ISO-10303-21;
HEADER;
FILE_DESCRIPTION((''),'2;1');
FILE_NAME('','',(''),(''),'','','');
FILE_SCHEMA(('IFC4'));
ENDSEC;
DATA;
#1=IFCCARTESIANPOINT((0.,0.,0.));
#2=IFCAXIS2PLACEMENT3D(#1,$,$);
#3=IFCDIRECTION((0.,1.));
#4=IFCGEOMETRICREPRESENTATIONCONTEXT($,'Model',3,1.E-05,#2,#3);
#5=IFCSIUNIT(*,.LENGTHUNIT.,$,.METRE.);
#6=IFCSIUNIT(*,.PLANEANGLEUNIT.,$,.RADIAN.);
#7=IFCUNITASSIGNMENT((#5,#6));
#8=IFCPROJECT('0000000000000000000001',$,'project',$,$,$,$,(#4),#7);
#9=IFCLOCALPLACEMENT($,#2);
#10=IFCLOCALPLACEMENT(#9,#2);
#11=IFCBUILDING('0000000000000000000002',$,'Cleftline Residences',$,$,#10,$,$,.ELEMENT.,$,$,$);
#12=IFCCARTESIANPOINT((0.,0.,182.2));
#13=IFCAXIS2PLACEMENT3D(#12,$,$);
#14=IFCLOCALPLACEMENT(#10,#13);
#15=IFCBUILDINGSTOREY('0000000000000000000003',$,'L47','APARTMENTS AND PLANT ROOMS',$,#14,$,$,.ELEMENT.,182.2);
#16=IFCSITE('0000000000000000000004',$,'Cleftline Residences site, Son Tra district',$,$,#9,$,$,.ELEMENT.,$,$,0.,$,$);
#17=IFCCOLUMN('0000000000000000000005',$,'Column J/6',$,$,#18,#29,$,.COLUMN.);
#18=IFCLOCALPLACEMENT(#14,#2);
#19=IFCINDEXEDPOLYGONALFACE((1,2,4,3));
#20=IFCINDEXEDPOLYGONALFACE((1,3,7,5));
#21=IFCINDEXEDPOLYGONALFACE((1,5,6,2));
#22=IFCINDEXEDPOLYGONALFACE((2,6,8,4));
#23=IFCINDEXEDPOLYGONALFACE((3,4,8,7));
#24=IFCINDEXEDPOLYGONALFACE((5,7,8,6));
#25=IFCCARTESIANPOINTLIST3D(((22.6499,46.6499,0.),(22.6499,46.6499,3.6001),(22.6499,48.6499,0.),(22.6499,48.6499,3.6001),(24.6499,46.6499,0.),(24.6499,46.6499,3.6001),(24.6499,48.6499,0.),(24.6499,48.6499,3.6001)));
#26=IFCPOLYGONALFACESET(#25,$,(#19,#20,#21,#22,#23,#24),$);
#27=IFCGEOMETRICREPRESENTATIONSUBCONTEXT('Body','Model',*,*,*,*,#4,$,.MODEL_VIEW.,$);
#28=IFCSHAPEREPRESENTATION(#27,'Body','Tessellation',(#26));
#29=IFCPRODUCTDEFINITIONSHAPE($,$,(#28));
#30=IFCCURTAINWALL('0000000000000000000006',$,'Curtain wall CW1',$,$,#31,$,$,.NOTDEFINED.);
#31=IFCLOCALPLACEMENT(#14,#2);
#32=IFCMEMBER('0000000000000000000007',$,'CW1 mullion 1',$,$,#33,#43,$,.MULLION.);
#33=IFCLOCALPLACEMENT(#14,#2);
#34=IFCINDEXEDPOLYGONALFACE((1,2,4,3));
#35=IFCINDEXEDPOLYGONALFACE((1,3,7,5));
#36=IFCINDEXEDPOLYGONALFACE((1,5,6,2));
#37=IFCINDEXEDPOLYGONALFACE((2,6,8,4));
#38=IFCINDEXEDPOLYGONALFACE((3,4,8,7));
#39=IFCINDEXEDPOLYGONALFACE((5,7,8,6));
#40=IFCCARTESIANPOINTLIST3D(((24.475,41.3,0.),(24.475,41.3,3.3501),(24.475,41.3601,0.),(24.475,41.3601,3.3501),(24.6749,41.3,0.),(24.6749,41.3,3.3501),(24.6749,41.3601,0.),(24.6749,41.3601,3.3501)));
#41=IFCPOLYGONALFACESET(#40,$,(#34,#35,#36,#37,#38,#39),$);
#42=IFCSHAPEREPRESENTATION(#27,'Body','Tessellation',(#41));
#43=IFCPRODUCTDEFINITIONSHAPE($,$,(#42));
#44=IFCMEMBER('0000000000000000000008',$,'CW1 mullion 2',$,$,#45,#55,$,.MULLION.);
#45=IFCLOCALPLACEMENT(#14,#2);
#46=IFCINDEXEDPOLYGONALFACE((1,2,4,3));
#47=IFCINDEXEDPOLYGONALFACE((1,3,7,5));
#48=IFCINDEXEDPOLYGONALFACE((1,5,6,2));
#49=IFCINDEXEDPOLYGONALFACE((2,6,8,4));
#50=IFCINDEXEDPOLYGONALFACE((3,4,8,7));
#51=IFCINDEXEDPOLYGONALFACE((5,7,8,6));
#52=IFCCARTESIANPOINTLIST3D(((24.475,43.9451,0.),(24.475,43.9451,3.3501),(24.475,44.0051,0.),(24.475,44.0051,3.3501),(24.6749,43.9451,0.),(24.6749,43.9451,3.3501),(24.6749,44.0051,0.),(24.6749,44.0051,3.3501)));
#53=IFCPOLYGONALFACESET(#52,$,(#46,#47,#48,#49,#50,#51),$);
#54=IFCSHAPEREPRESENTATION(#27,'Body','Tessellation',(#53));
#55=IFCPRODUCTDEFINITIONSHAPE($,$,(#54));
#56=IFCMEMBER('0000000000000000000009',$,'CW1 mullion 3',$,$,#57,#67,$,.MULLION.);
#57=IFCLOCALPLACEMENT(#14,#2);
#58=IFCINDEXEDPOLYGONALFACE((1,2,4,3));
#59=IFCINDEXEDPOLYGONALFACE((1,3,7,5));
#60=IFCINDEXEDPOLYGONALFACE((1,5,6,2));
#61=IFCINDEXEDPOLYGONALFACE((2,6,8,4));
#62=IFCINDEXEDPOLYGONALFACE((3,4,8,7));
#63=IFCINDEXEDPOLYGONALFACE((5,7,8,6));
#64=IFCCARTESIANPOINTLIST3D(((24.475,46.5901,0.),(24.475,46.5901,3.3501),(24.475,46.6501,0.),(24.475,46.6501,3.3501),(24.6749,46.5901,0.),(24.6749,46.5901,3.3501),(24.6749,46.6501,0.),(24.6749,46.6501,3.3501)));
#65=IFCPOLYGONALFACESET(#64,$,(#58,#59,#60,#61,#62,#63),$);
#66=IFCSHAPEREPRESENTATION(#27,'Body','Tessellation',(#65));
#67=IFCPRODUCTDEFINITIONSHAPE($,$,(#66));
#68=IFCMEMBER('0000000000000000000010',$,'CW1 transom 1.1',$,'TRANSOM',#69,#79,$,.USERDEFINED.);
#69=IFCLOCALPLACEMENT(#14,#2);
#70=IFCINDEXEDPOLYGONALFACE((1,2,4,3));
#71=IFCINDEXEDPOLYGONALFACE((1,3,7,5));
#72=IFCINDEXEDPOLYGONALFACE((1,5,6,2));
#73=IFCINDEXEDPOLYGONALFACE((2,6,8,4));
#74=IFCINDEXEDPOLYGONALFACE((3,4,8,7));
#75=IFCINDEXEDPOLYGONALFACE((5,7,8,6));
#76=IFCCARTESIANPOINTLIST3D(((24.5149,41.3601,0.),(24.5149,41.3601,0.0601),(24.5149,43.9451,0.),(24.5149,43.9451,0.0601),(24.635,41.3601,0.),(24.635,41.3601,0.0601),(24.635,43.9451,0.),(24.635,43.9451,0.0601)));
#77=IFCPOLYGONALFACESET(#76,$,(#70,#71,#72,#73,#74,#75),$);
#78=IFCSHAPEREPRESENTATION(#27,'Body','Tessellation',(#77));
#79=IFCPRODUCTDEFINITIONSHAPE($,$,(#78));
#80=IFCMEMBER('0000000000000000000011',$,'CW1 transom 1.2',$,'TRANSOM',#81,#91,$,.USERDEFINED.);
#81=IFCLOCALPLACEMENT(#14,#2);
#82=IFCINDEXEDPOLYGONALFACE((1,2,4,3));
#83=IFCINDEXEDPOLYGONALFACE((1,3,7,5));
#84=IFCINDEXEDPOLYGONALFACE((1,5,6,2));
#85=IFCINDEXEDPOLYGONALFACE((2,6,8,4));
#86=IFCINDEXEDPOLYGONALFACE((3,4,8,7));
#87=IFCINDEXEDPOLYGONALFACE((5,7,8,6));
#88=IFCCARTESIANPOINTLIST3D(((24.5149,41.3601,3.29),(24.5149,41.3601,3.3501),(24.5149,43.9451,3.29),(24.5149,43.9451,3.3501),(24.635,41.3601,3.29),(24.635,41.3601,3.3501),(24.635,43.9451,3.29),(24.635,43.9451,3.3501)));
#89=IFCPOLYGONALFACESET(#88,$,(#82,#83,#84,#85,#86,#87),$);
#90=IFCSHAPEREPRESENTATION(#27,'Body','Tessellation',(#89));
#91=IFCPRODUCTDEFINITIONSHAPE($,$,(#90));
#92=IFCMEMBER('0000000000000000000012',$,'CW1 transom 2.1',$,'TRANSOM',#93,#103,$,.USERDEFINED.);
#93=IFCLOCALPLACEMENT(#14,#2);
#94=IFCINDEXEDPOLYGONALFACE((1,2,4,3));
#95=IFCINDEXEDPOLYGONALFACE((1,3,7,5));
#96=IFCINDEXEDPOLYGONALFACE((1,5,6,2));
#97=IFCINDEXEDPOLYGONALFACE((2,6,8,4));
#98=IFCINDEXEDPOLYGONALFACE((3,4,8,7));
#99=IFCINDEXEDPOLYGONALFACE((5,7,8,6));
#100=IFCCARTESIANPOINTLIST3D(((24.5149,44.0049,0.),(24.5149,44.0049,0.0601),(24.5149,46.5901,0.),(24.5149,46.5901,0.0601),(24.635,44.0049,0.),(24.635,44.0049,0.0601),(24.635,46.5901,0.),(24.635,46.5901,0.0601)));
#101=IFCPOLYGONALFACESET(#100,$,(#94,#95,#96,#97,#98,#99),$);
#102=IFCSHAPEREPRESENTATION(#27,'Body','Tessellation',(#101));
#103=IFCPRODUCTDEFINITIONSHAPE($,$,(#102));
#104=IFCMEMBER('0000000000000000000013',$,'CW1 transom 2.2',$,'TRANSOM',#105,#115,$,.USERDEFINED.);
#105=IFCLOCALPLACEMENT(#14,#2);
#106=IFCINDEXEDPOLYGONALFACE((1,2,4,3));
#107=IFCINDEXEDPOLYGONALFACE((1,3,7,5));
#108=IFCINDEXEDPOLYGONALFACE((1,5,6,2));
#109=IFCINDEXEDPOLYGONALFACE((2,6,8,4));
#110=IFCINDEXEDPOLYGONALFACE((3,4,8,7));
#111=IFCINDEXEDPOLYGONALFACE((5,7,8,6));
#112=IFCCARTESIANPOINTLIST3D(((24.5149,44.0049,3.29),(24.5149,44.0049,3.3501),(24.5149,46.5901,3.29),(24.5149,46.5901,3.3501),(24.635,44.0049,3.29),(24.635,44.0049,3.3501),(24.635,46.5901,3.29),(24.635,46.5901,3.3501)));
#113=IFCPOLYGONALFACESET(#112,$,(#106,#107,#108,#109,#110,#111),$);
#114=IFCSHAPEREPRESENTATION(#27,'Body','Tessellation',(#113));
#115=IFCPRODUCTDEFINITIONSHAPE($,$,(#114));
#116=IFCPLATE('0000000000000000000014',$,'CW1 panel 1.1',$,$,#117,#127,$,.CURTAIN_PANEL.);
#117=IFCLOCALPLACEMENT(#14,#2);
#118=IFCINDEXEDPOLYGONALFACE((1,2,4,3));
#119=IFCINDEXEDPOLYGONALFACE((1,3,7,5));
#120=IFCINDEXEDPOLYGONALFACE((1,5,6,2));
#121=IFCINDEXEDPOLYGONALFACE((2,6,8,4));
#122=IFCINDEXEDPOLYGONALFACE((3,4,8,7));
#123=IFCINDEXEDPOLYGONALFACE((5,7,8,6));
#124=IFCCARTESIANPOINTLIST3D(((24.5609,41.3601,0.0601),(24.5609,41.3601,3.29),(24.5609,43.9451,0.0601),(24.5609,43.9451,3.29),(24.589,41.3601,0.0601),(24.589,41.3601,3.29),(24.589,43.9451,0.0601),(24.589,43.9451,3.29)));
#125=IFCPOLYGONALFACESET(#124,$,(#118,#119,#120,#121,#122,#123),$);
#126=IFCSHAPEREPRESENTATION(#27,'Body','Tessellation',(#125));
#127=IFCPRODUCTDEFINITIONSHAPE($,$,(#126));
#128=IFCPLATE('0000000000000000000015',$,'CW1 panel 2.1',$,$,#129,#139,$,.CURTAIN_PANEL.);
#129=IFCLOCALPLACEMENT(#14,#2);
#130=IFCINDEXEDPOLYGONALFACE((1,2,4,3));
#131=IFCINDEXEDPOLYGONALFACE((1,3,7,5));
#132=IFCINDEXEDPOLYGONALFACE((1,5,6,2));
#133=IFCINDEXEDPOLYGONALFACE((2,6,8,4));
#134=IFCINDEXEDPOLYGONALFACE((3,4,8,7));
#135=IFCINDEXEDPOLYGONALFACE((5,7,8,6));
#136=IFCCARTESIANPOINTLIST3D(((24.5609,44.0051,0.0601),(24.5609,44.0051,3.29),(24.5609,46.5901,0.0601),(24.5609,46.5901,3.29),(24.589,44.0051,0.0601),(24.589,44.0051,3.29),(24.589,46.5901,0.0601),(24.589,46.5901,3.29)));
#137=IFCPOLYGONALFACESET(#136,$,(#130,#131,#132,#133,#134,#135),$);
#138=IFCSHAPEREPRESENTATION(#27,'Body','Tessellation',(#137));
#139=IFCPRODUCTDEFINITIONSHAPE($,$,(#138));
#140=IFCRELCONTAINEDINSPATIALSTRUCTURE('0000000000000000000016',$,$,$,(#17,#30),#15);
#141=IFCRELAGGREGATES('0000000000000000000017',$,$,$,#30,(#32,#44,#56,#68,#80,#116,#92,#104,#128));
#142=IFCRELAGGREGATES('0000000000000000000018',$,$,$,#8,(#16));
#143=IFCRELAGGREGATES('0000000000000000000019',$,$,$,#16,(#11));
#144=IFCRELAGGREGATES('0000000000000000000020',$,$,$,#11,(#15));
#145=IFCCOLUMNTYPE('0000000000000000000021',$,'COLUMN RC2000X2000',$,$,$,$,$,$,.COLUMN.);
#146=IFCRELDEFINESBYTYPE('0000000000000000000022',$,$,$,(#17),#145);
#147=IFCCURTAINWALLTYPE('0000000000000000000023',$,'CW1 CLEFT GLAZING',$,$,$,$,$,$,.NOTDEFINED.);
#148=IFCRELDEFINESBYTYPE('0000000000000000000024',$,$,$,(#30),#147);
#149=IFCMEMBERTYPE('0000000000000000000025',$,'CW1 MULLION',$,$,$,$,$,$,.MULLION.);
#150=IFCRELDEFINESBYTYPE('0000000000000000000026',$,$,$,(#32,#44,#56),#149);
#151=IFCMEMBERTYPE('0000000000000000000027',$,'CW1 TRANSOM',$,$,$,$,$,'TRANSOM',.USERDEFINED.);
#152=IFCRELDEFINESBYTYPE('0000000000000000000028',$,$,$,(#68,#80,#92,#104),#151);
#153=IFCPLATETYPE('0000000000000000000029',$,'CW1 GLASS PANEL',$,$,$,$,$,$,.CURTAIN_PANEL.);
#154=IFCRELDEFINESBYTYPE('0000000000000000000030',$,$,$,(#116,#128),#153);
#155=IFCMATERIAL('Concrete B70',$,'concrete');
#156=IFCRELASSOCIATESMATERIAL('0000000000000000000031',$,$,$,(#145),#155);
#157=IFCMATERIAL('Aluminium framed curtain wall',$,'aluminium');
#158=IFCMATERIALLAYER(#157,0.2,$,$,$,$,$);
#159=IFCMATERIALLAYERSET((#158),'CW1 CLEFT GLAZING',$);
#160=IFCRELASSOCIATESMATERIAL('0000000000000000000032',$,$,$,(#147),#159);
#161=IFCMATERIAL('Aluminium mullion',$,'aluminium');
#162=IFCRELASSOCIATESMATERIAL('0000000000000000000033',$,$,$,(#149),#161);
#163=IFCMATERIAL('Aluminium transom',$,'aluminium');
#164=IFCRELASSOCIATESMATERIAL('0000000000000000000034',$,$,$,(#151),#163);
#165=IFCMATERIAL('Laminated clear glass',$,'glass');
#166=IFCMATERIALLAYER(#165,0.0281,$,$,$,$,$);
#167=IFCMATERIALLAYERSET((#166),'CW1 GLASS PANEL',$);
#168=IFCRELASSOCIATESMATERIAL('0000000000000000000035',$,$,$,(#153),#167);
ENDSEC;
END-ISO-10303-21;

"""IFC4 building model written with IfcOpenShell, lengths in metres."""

from ifc_helpers import new_model, si_unit, direction, frame, origin, origin_2d, place, context, subcontext, project, spatial, rectangle, extrude, material, layer, layer_set, material_profile, profile_set, type_object, element, aggregate, save


model = new_model("IFC4")

# Units and contexts
model_context = context("Model", 3, precision=1e-05, world=origin(), true_north=direction((0.0, 1.0)))
body_context = subcontext(model_context, "Body", "Model", "MODEL_VIEW")
ifc_project = project(units=[si_unit("LENGTHUNIT", "METRE"), si_unit("PLANEANGLEUNIT", "RADIAN")], contexts=[model_context])

# Site, building, storey
site_placement = place(None, origin())
site = spatial("IfcSite", under=ifc_project, at=site_placement, Name="Cleftline Residences site, Son Tra district", CompositionType="ELEMENT", RefElevation=0.0)
building_placement = place(site_placement, origin())
building = spatial("IfcBuilding", under=site, at=building_placement, Name="Cleftline Residences", CompositionType="ELEMENT")
storey_placement = place(building_placement, frame((0.0, 0.0, 182.2)))
storey = spatial("IfcBuildingStorey", under=building, at=storey_placement, Name="L47", Description="APARTMENTS AND PLANT ROOMS", CompositionType="ELEMENT", Elevation=182.2)

# Column
ifc_material_1 = material(Name="Concrete B70", Category="concrete")
ifc_material_profile_1 = material_profile(ifc_material_1, rectangle(XDim=2.0, YDim=2.0, at=origin_2d()))
ifc_profile_set_1 = profile_set([ifc_material_profile_1], Name="Concrete B70")
column_type = type_object("IfcColumnType", Name="COLUMN RC2000X2000", PredefinedType="COLUMN", material=ifc_profile_set_1)
column_placement = place(storey_placement, frame((23.6499, 47.6499, 0.0), z_axis=(0.0, 0.0, 1.0), x_axis=(1.0, 0.0, 0.0)))
element("IfcColumn", 1, at=column_placement, inside=storey, type_object=column_type, Name="Column J/6", PredefinedType="COLUMN", context=body_context, shape_type="SweptSolid", body=[
    extrude(rectangle(XDim=2.0, YDim=2.0, at=origin_2d()), origin(), (0.0, 0.0, 1.0), 3.6001),
])

# Curtain wall, members, plates
ifc_material_2 = material(Name="Aluminium framed curtain wall", Category="aluminium")
ifc_layer_1 = layer(ifc_material_2, 0.2)
ifc_layer_set_1 = layer_set([ifc_layer_1], Name="CW1 CLEFT GLAZING")
curtain_wall_type = type_object("IfcCurtainWallType", Name="CW1 CLEFT GLAZING", PredefinedType="NOTDEFINED", material=ifc_layer_set_1)
curtain_wall_placement = place(storey_placement, origin())
curtain_wall = element("IfcCurtainWall", 2, at=curtain_wall_placement, inside=storey, type_object=curtain_wall_type, Name="Curtain wall CW1", PredefinedType="NOTDEFINED")
ifc_material_3 = material(Name="Aluminium mullion", Category="aluminium")
ifc_material_profile_2 = material_profile(ifc_material_3, rectangle(XDim=0.2, YDim=0.0601, at=origin_2d()))
ifc_profile_set_2 = profile_set([ifc_material_profile_2], Name="Aluminium mullion")
member_type_1 = type_object("IfcMemberType", Name="CW1 MULLION", PredefinedType="MULLION", material=ifc_profile_set_2)
member_1_placement = place(storey_placement, frame((24.575, 41.3301, 0.0), z_axis=(0.0, 0.0, 1.0), x_axis=(-1.0, 0.0, 0.0)))
member_1 = element("IfcMember", 3, at=member_1_placement, type_object=member_type_1, Name="CW1 mullion 1", PredefinedType="MULLION", context=body_context, shape_type="SweptSolid", body=[
    extrude(rectangle(XDim=0.2, YDim=0.0601, at=origin_2d()), origin(), (0.0, 0.0, 1.0), 3.3501),
])
member_2_placement = place(storey_placement, frame((24.575, 43.9751, 0.0), z_axis=(0.0, 0.0, 1.0), x_axis=(-1.0, 0.0, 0.0)))
member_2 = element("IfcMember", 4, at=member_2_placement, type_object=member_type_1, Name="CW1 mullion 2", PredefinedType="MULLION", context=body_context, shape_type="SweptSolid", body=[
    extrude(rectangle(XDim=0.2, YDim=0.0601, at=origin_2d()), origin(), (0.0, 0.0, 1.0), 3.3501),
])
member_3_placement = place(storey_placement, frame((24.575, 46.6201, 0.0), z_axis=(0.0, 0.0, 1.0), x_axis=(-1.0, 0.0, 0.0)))
member_3 = element("IfcMember", 5, at=member_3_placement, type_object=member_type_1, Name="CW1 mullion 3", PredefinedType="MULLION", context=body_context, shape_type="SweptSolid", body=[
    extrude(rectangle(XDim=0.2, YDim=0.0601, at=origin_2d()), origin(), (0.0, 0.0, 1.0), 3.3501),
])
ifc_material_4 = material(Name="Aluminium transom", Category="aluminium")
ifc_material_profile_3 = material_profile(ifc_material_4, rectangle(XDim=0.1201, YDim=0.0601, at=origin_2d()))
ifc_profile_set_3 = profile_set([ifc_material_profile_3], Name="Aluminium transom")
member_type_2 = type_object("IfcMemberType", Name="CW1 TRANSOM", ElementType="TRANSOM", PredefinedType="USERDEFINED", material=ifc_profile_set_3)
member_4_placement = place(storey_placement, frame((24.575, 41.3601, 0.03), z_axis=(0.0, 1.0, 0.0), x_axis=(-1.0, 0.0, 0.0)))
member_4 = element("IfcMember", 6, at=member_4_placement, type_object=member_type_2, Name="CW1 transom 1.1", ObjectType="TRANSOM", PredefinedType="USERDEFINED", context=body_context, shape_type="SweptSolid", body=[
    extrude(rectangle(XDim=0.1201, YDim=0.0601, at=origin_2d()), origin(), (0.0, 0.0, 1.0), 2.585),
])
member_5_placement = place(storey_placement, frame((24.575, 41.3601, 3.3201), z_axis=(0.0, 1.0, 0.0), x_axis=(-1.0, 0.0, 0.0)))
member_5 = element("IfcMember", 7, at=member_5_placement, type_object=member_type_2, Name="CW1 transom 1.2", ObjectType="TRANSOM", PredefinedType="USERDEFINED", context=body_context, shape_type="SweptSolid", body=[
    extrude(rectangle(XDim=0.1201, YDim=0.0601, at=origin_2d()), origin(), (0.0, 0.0, 1.0), 2.585),
])
member_6_placement = place(storey_placement, frame((24.575, 44.0049, 0.03), z_axis=(0.0, 1.0, 0.0), x_axis=(-1.0, 0.0, 0.0)))
member_6 = element("IfcMember", 8, at=member_6_placement, type_object=member_type_2, Name="CW1 transom 2.1", ObjectType="TRANSOM", PredefinedType="USERDEFINED", context=body_context, shape_type="SweptSolid", body=[
    extrude(rectangle(XDim=0.1201, YDim=0.0601, at=origin_2d()), origin(), (0.0, 0.0, 1.0), 2.5852),
])
member_7_placement = place(storey_placement, frame((24.575, 44.0049, 3.3201), z_axis=(0.0, 1.0, 0.0), x_axis=(-1.0, 0.0, 0.0)))
member_7 = element("IfcMember", 9, at=member_7_placement, type_object=member_type_2, Name="CW1 transom 2.2", ObjectType="TRANSOM", PredefinedType="USERDEFINED", context=body_context, shape_type="SweptSolid", body=[
    extrude(rectangle(XDim=0.1201, YDim=0.0601, at=origin_2d()), origin(), (0.0, 0.0, 1.0), 2.5852),
])
ifc_material_5 = material(Name="Laminated clear glass", Category="glass")
ifc_layer_2 = layer(ifc_material_5, 0.0281)
ifc_layer_set_2 = layer_set([ifc_layer_2], Name="CW1 GLASS PANEL")
plate_type = type_object("IfcPlateType", Name="CW1 GLASS PANEL", PredefinedType="CURTAIN_PANEL", material=ifc_layer_set_2)
plate_1_placement = place(storey_placement, frame((24.575, 42.6526, 0.0601), z_axis=(0.0, 0.0, 1.0), x_axis=(0.0, 1.0, 0.0)))
plate_1 = element("IfcPlate", 10, at=plate_1_placement, type_object=plate_type, Name="CW1 panel 1.1", PredefinedType="CURTAIN_PANEL", context=body_context, shape_type="SweptSolid", body=[
    extrude(rectangle(XDim=2.585, YDim=0.0281, at=origin_2d()), origin(), (0.0, 0.0, 1.0), 3.23),
])
plate_2_placement = place(storey_placement, frame((24.575, 45.2976, 0.0601), z_axis=(0.0, 0.0, 1.0), x_axis=(0.0, 1.0, 0.0)))
plate_2 = element("IfcPlate", 11, at=plate_2_placement, type_object=plate_type, Name="CW1 panel 2.1", PredefinedType="CURTAIN_PANEL", context=body_context, shape_type="SweptSolid", body=[
    extrude(rectangle(XDim=2.585, YDim=0.0281, at=origin_2d()), origin(), (0.0, 0.0, 1.0), 3.23),
])
aggregate(curtain_wall, [member_1, member_2, member_3, member_4, member_5, plate_1, member_6, member_7, plate_2])

save(model, "model.ifc")
